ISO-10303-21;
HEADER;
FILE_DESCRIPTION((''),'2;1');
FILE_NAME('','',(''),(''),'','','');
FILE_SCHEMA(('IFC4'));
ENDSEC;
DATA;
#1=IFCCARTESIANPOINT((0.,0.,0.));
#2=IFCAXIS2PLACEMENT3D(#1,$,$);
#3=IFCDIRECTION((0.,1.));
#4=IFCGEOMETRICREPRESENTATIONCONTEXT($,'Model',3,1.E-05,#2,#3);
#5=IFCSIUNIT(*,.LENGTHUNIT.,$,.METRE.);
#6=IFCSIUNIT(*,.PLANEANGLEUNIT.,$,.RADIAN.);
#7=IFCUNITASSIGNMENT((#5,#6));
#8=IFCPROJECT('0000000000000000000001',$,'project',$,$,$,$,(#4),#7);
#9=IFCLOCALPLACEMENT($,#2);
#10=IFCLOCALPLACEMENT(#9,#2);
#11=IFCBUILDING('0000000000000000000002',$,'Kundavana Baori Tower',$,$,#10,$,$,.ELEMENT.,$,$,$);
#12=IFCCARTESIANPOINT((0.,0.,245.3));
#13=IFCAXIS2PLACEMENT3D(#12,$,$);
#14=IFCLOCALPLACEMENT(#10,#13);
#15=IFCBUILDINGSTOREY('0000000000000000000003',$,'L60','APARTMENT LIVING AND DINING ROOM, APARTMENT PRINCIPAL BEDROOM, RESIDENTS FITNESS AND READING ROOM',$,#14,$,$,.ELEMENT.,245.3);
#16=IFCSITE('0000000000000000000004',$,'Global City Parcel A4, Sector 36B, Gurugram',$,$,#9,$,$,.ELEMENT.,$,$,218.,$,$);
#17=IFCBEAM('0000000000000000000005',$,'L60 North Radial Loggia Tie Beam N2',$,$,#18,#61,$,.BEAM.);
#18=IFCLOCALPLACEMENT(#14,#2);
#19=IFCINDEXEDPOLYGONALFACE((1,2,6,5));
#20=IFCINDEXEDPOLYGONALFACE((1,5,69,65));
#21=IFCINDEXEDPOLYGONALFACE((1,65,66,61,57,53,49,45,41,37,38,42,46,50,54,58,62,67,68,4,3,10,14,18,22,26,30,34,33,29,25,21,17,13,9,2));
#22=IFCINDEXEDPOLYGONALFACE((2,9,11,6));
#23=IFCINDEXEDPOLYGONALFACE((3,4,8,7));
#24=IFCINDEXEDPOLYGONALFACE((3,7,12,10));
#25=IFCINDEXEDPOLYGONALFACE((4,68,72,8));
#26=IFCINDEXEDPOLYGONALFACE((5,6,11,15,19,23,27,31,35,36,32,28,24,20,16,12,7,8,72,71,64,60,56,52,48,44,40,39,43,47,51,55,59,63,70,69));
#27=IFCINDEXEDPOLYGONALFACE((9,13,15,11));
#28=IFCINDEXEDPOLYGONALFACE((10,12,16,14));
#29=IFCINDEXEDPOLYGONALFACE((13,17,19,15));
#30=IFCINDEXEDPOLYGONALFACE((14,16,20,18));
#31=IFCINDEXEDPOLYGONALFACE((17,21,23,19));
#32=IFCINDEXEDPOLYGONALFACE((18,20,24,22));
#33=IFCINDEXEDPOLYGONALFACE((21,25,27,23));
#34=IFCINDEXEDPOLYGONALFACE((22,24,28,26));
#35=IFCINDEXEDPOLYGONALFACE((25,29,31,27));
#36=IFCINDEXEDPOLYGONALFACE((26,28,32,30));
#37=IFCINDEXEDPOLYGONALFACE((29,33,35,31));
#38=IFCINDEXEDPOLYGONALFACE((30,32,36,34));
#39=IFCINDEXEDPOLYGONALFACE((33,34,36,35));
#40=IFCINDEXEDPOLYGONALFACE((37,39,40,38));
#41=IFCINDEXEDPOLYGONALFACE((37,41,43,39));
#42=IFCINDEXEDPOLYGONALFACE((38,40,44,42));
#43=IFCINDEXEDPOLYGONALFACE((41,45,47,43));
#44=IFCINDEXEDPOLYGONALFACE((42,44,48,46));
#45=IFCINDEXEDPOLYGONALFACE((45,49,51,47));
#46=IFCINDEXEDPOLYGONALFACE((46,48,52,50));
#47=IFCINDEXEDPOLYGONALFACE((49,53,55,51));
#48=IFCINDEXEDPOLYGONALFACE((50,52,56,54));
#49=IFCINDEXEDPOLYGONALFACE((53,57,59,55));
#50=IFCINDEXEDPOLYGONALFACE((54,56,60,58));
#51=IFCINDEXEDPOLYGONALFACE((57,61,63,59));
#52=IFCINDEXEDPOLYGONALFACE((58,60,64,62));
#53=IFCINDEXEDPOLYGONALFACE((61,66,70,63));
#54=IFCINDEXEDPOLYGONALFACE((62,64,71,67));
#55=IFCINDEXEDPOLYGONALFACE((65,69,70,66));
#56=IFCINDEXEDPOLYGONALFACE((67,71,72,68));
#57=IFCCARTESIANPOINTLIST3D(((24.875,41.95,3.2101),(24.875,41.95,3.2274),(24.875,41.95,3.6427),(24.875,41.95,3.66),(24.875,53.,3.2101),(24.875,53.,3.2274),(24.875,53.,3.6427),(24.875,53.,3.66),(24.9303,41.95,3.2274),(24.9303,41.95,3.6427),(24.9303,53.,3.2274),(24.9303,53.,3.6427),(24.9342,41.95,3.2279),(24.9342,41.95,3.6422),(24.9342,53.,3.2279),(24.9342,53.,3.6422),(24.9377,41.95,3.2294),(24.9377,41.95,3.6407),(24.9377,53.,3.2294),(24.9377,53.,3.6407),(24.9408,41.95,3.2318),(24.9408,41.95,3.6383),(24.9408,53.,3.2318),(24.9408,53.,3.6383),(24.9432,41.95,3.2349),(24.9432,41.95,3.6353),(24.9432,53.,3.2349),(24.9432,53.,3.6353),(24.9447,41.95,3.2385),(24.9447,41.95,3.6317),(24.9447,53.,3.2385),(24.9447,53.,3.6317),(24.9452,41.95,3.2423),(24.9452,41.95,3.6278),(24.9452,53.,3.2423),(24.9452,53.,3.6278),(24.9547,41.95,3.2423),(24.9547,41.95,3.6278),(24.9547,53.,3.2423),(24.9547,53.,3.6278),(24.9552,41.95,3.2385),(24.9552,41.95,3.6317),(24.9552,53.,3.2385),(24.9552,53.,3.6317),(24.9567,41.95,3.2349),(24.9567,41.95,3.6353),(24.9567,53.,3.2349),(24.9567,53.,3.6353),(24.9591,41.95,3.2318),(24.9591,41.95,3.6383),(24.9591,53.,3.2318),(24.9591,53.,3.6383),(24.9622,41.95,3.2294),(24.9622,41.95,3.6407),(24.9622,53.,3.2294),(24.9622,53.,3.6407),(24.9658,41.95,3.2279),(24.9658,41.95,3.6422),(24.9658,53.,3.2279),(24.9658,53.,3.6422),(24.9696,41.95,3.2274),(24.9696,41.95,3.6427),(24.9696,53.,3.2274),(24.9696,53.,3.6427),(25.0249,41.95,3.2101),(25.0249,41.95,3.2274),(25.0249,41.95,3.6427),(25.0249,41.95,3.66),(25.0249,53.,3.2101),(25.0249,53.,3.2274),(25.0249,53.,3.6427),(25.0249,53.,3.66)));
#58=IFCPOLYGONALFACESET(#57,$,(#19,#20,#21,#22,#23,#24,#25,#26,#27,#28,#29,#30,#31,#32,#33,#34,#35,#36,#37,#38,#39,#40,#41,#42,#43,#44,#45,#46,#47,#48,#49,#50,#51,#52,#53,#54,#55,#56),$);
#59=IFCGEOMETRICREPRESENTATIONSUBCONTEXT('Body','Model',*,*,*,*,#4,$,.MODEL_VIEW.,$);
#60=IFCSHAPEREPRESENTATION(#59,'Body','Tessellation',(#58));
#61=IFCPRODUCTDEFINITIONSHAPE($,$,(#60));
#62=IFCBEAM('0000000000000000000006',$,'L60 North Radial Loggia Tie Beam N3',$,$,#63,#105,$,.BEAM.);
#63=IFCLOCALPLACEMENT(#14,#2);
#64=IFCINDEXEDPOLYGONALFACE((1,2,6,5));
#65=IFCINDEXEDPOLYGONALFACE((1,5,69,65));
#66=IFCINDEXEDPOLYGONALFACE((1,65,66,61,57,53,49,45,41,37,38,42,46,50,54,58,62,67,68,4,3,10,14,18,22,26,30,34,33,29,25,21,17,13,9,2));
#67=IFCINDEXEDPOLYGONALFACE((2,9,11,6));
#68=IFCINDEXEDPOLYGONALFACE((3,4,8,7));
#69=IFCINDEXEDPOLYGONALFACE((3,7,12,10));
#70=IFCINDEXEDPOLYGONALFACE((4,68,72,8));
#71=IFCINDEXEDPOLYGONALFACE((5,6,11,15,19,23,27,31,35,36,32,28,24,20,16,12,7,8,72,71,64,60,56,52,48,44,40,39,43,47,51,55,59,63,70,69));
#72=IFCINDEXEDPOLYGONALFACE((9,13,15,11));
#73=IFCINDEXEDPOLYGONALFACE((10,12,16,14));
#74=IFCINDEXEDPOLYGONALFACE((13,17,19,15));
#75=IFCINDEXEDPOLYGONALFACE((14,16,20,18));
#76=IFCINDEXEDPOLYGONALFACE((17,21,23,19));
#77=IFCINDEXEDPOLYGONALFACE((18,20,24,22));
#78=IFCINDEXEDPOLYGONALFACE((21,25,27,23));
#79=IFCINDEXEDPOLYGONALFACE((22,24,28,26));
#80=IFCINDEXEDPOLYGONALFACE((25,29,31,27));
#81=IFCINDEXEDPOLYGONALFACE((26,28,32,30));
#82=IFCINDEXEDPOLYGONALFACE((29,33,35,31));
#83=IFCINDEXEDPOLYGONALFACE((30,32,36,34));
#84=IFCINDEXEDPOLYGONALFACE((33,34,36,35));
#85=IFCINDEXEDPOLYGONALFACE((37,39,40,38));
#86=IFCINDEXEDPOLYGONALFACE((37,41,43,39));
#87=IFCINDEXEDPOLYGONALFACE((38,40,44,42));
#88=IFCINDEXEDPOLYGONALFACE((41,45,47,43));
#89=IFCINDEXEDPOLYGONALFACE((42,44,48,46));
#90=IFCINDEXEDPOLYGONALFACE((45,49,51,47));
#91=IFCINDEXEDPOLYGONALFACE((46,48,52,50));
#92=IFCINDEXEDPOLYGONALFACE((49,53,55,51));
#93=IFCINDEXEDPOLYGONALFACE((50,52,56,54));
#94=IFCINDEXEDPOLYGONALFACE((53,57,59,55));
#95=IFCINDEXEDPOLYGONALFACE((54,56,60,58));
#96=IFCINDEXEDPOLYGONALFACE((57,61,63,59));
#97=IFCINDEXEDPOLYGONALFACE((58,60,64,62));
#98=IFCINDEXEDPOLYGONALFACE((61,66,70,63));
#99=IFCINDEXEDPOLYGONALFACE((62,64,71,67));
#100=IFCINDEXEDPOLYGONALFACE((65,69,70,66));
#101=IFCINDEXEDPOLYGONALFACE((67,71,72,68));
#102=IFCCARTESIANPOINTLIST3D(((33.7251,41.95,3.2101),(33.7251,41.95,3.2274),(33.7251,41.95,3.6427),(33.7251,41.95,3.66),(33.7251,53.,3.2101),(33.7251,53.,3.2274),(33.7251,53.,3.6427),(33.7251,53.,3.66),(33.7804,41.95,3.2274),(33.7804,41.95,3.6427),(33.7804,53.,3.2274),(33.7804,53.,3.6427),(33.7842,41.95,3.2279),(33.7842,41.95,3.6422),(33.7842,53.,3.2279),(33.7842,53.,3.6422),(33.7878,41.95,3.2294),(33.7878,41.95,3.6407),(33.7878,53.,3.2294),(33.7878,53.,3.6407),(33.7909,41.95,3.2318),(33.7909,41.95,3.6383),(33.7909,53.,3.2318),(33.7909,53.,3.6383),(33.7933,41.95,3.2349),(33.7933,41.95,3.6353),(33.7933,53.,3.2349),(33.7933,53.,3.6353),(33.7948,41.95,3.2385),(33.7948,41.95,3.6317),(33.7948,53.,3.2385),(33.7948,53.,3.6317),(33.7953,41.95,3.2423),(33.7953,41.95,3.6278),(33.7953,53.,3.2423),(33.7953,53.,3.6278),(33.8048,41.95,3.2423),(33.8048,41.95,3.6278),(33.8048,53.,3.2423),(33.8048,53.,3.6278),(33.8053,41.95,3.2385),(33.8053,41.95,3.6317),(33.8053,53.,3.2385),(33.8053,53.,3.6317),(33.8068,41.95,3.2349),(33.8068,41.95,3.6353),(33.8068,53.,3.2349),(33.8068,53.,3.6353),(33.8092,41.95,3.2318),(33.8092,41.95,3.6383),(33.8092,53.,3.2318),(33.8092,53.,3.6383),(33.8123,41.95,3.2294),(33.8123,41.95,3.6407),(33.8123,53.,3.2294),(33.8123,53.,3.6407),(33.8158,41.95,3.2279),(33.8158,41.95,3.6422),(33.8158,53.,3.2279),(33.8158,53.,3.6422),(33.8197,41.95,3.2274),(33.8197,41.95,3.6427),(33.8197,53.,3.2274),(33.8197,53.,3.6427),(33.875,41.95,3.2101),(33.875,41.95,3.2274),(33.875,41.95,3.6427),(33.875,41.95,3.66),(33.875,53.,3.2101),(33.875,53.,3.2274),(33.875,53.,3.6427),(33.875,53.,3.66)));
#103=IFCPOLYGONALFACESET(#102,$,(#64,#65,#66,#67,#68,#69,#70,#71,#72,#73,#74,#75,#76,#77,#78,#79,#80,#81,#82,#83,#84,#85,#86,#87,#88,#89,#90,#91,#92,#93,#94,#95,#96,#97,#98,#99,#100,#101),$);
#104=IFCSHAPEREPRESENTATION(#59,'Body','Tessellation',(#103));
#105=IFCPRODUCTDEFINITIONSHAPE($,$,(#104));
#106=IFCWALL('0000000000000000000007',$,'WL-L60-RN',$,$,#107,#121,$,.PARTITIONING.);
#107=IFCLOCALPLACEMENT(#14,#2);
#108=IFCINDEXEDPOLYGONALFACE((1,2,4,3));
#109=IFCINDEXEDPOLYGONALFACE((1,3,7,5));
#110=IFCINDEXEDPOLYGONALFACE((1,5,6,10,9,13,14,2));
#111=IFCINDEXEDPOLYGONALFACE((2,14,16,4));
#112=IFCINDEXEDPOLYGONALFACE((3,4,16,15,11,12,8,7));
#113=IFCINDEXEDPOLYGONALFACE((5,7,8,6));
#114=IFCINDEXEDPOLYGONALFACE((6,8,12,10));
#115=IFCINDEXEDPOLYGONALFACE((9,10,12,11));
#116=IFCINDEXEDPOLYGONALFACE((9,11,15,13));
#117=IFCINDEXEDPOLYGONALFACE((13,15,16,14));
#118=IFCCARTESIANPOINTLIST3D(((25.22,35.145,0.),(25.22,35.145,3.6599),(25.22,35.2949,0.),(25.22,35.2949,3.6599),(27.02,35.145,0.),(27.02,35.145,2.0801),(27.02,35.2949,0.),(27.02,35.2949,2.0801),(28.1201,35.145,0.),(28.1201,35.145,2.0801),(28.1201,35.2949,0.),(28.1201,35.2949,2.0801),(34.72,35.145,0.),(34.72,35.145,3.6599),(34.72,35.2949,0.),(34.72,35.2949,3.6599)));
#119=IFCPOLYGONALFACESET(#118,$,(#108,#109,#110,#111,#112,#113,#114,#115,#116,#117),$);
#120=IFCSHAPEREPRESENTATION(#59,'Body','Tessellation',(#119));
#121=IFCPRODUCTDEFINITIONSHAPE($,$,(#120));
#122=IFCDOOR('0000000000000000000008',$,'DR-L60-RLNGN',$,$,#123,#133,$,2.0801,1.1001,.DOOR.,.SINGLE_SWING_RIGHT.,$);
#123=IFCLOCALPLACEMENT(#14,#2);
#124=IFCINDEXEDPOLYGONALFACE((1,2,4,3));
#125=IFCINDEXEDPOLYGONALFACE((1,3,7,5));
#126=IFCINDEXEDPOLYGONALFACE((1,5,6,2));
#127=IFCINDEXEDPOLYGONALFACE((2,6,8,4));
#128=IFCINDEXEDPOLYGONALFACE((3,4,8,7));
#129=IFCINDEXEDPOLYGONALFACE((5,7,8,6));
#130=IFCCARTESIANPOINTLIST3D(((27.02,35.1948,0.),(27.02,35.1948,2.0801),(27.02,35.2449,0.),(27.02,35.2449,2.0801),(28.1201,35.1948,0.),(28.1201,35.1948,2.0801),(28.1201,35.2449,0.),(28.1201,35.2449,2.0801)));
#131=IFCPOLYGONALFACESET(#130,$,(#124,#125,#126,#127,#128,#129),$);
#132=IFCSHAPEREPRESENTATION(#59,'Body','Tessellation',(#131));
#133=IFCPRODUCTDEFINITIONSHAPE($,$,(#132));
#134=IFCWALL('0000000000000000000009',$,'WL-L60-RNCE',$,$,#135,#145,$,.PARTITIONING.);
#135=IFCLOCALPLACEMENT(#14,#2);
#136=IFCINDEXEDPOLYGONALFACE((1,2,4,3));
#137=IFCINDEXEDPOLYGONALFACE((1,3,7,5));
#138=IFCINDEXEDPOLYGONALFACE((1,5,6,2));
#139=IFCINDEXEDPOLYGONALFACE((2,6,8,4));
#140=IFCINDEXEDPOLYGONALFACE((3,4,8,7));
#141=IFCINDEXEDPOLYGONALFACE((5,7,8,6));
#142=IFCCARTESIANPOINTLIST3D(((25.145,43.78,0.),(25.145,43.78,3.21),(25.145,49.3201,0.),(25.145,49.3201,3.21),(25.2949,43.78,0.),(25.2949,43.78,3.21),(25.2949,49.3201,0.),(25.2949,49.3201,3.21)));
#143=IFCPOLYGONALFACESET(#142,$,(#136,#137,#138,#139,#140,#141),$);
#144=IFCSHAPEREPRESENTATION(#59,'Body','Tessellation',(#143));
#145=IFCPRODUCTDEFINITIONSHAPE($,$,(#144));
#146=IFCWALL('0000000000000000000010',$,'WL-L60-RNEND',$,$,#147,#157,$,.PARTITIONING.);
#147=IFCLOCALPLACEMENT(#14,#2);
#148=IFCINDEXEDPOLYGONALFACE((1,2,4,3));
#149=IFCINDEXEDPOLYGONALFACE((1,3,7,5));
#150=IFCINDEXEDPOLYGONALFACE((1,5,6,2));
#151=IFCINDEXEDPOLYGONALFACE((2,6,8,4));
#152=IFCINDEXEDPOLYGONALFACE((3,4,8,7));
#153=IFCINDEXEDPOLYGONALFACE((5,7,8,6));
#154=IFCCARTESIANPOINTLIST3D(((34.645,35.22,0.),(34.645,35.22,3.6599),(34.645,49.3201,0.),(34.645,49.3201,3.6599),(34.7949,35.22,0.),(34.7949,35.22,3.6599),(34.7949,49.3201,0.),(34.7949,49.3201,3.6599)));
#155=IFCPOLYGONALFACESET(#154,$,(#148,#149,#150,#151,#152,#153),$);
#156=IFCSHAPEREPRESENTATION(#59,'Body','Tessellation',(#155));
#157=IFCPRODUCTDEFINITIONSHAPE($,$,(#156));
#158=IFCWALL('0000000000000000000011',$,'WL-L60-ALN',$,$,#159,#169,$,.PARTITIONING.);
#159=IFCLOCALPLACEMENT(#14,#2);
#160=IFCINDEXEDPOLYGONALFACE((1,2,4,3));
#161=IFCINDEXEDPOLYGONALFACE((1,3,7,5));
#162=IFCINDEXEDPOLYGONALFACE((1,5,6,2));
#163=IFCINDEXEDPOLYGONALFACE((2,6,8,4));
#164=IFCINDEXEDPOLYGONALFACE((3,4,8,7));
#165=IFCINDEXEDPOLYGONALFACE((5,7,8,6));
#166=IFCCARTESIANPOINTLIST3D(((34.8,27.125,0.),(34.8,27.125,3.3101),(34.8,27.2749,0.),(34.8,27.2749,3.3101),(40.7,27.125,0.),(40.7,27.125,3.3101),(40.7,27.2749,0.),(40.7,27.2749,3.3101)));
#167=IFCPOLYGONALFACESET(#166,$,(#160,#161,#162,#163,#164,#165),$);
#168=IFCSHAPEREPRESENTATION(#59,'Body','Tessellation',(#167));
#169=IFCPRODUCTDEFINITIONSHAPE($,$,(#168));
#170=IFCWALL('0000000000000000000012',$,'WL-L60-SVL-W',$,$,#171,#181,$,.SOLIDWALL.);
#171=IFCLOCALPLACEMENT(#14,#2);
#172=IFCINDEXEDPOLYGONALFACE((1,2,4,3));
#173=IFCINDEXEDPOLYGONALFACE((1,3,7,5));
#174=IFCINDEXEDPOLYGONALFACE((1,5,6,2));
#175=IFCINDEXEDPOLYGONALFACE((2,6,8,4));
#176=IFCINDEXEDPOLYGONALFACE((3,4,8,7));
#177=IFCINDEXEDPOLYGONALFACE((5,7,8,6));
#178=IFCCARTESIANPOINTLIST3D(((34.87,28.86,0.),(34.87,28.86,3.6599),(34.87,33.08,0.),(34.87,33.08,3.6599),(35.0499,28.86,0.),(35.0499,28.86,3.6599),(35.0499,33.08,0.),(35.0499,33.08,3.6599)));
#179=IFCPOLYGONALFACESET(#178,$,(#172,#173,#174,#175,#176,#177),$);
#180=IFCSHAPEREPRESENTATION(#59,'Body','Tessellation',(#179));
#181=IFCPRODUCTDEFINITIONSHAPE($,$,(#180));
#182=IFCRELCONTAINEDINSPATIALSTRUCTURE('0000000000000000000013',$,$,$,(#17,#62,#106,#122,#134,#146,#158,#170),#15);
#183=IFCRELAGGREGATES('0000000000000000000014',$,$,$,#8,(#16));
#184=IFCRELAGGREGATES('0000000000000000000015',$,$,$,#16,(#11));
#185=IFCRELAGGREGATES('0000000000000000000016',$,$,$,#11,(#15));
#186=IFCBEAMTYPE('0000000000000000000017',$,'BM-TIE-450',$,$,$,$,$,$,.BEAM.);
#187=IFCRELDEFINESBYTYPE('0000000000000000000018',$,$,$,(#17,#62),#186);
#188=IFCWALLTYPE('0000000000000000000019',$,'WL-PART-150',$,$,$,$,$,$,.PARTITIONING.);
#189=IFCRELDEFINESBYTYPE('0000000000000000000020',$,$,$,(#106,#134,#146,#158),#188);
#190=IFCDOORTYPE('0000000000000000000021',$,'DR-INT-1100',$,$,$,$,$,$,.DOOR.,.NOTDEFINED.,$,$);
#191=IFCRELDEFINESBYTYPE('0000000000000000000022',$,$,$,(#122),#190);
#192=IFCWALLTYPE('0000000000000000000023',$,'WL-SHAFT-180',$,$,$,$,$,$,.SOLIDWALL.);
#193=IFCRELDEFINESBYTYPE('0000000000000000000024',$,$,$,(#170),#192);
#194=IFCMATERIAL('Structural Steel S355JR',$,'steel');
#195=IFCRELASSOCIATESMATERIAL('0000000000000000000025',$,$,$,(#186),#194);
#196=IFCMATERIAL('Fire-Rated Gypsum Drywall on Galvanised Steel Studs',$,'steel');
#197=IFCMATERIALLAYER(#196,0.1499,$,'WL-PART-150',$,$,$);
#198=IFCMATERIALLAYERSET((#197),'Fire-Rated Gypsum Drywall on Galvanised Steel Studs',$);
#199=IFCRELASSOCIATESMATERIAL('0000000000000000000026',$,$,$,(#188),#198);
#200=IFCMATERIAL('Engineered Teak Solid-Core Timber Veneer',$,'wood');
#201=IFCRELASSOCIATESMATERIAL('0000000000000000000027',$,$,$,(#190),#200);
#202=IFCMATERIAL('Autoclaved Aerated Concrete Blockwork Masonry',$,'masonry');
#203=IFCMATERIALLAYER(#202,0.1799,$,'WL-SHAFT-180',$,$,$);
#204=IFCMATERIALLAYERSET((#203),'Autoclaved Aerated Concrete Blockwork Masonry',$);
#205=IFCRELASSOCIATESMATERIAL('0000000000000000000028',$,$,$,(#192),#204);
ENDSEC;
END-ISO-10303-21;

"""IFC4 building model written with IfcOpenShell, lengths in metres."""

from ifc_helpers import new_model, si_unit, direction, frame, frame_2d, origin, origin_2d, place, context, subcontext, project, spatial, rectangle, i_section, extrude, material, layer, layer_set, material_profile, profile_set, type_object, element, fill, save


model = new_model("IFC4")

# Units and contexts
model_context = context("Model", 3, precision=1e-05, world=origin(), true_north=direction((0.0, 1.0)))
body_context = subcontext(model_context, "Body", "Model", "MODEL_VIEW")
ifc_project = project(units=[si_unit("LENGTHUNIT", "METRE"), si_unit("PLANEANGLEUNIT", "RADIAN")], contexts=[model_context])

# Site, building, storey
site_placement = place(None, origin())
site = spatial("IfcSite", under=ifc_project, at=site_placement, Name="Global City Parcel A4, Sector 36B, Gurugram", CompositionType="ELEMENT", RefElevation=218.0)
building_placement = place(site_placement, origin())
building = spatial("IfcBuilding", under=site, at=building_placement, Name="Kundavana Baori Tower", CompositionType="ELEMENT")
storey_placement = place(building_placement, frame((0.0, 0.0, 245.3)))
storey = spatial("IfcBuildingStorey", under=building, at=storey_placement, Name="L60", Description="APARTMENT LIVING AND DINING ROOM, APARTMENT PRINCIPAL BEDROOM, RESIDENTS FITNESS AND READING ROOM", CompositionType="ELEMENT", Elevation=245.3)

# Beams
ifc_material_1 = material(Name="Structural Steel S355JR", Category="steel")
ifc_material_profile_1 = material_profile(ifc_material_1, i_section(OverallWidth=0.1499, OverallDepth=0.45, WebThickness=0.0095, FlangeThickness=0.0173, FilletRadius=0.0149, at=origin_2d()), Name="ISMB 450")
ifc_profile_set_1 = profile_set([ifc_material_profile_1], Name="Structural Steel S355JR")
beam_type_1 = type_object("IfcBeamType", Name="BM-TIE-450", PredefinedType="BEAM", material=ifc_profile_set_1)
for number, where, z_axis, x_axis, name in (
    (1, (24.95, 41.95, 3.4351), (0.0, 1.0, 0.0), (-1.0, 0.0, 0.0), "L60 North Radial Loggia Tie Beam N2"),
    (2, (33.8, 41.95, 3.4351), (0.0, 1.0, 0.0), (-1.0, 0.0, 0.0), "L60 North Radial Loggia Tie Beam N3"),
):
    element("IfcBeam", number, at=place(storey_placement, frame(where, z_axis=z_axis, x_axis=x_axis)), inside=storey, type_object=beam_type_1, Name=name, PredefinedType="BEAM", context=body_context, shape_type="SweptSolid", body=[
        extrude(i_section(OverallWidth=0.1499, OverallDepth=0.45, WebThickness=0.0095, FlangeThickness=0.0173, FilletRadius=0.0149, at=origin_2d()), origin(), (0.0, 0.0, 1.0), 11.05),
    ])

# Wall, opening, door
ifc_material_2 = material(Name="Fire-Rated Gypsum Drywall on Galvanised Steel Studs", Category="steel")
ifc_layer_1 = layer(ifc_material_2, 0.1499, Name="WL-PART-150")
ifc_layer_set_1 = layer_set([ifc_layer_1], Name="Fire-Rated Gypsum Drywall on Galvanised Steel Studs")
wall_type_1 = type_object("IfcWallType", Name="WL-PART-150", PredefinedType="PARTITIONING", material=ifc_layer_set_1)
wall_1_placement = place(storey_placement, frame((25.22, 35.22, 0.0), z_axis=(0.0, 0.0, 1.0), x_axis=(1.0, 0.0, 0.0)))
wall_1 = element("IfcWall", 3, at=wall_1_placement, inside=storey, type_object=wall_type_1, Name="WL-L60-RN", PredefinedType="PARTITIONING", context=body_context, shape_type="SweptSolid", body=[
    extrude(rectangle(XDim=9.5, YDim=0.1499, at=frame_2d((4.75, 0.0))), origin(), (0.0, 0.0, 1.0), 3.6599),
])
opening_1_placement = place(wall_1_placement, frame((1.8, 0.0, 0.0)))
opening_1 = element("IfcOpeningElement", 4, at=opening_1_placement, cuts=wall_1, PredefinedType="OPENING", context=body_context, shape_type="SweptSolid", body=[
    extrude(rectangle(XDim=1.1001, YDim=2.0801, at=frame_2d((0.55, 1.04))), frame((0.0, 0.085, 0.0), z_axis=(0.0, -1.0, 0.0), x_axis=(1.0, 0.0, 0.0)), (0.0, 0.0, 1.0), 0.1699),
])
ifc_material_3 = material(Name="Engineered Teak Solid-Core Timber Veneer", Category="wood")
door_type_1 = type_object("IfcDoorType", Name="DR-INT-1100", OperationType="NOTDEFINED", PredefinedType="DOOR", material=ifc_material_3)
door_1_placement = place(opening_1_placement, origin())
door_1 = element("IfcDoor", 5, at=door_1_placement, inside=storey, type_object=door_type_1, Name="DR-L60-RLNGN", OperationType="SINGLE_SWING_RIGHT", OverallHeight=2.0801, OverallWidth=1.1001, PredefinedType="DOOR", context=body_context, shape_type="SweptSolid", body=[
    extrude(rectangle(XDim=1.1001, YDim=2.0801, at=frame_2d((0.55, 1.04))), frame((0.0, 0.0249, 0.0), z_axis=(0.0, -1.0, 0.0), x_axis=(1.0, 0.0, 0.0)), (0.0, 0.0, 1.0), 0.05),
])
fill(opening_1, door_1)

# Walls
wall_2_placement = place(storey_placement, frame((25.22, 43.78, 0.0), z_axis=(0.0, 0.0, 1.0), x_axis=(0.0, 1.0, 0.0)))
element("IfcWall", 6, at=wall_2_placement, inside=storey, type_object=wall_type_1, Name="WL-L60-RNCE", PredefinedType="PARTITIONING", context=body_context, shape_type="SweptSolid", body=[
    extrude(rectangle(XDim=5.54, YDim=0.1499, at=frame_2d((2.77, 0.0))), origin(), (0.0, 0.0, 1.0), 3.21),
])
wall_3_placement = place(storey_placement, frame((34.72, 35.22, 0.0), z_axis=(0.0, 0.0, 1.0), x_axis=(0.0, 1.0, 0.0)))
element("IfcWall", 7, at=wall_3_placement, inside=storey, type_object=wall_type_1, Name="WL-L60-RNEND", PredefinedType="PARTITIONING", context=body_context, shape_type="SweptSolid", body=[
    extrude(rectangle(XDim=14.1001, YDim=0.1499, at=frame_2d((7.05, 0.0))), origin(), (0.0, 0.0, 1.0), 3.6599),
])
wall_4_placement = place(storey_placement, frame((34.8, 27.2, 0.0), z_axis=(0.0, 0.0, 1.0), x_axis=(1.0, 0.0, 0.0)))
element("IfcWall", 8, at=wall_4_placement, inside=storey, type_object=wall_type_1, Name="WL-L60-ALN", PredefinedType="PARTITIONING", context=body_context, shape_type="SweptSolid", body=[
    extrude(rectangle(XDim=5.8999, YDim=0.1499, at=frame_2d((2.95, 0.0))), origin(), (0.0, 0.0, 1.0), 3.3101),
])
ifc_material_4 = material(Name="Autoclaved Aerated Concrete Blockwork Masonry", Category="masonry")
ifc_layer_2 = layer(ifc_material_4, 0.1799, Name="WL-SHAFT-180")
ifc_layer_set_2 = layer_set([ifc_layer_2], Name="Autoclaved Aerated Concrete Blockwork Masonry")
wall_type_2 = type_object("IfcWallType", Name="WL-SHAFT-180", PredefinedType="SOLIDWALL", material=ifc_layer_set_2)
wall_5_placement = place(storey_placement, frame((34.96, 28.8601, 0.0), z_axis=(0.0, 0.0, 1.0), x_axis=(0.0, 1.0, 0.0)))
element("IfcWall", 9, at=wall_5_placement, inside=storey, type_object=wall_type_2, Name="WL-L60-SVL-W", PredefinedType="SOLIDWALL", context=body_context, shape_type="SweptSolid", body=[
    extrude(rectangle(XDim=4.22, YDim=0.1799, at=frame_2d((2.1099, 0.0))), origin(), (0.0, 0.0, 1.0), 3.6599),
])

save(model, "model.ifc")
